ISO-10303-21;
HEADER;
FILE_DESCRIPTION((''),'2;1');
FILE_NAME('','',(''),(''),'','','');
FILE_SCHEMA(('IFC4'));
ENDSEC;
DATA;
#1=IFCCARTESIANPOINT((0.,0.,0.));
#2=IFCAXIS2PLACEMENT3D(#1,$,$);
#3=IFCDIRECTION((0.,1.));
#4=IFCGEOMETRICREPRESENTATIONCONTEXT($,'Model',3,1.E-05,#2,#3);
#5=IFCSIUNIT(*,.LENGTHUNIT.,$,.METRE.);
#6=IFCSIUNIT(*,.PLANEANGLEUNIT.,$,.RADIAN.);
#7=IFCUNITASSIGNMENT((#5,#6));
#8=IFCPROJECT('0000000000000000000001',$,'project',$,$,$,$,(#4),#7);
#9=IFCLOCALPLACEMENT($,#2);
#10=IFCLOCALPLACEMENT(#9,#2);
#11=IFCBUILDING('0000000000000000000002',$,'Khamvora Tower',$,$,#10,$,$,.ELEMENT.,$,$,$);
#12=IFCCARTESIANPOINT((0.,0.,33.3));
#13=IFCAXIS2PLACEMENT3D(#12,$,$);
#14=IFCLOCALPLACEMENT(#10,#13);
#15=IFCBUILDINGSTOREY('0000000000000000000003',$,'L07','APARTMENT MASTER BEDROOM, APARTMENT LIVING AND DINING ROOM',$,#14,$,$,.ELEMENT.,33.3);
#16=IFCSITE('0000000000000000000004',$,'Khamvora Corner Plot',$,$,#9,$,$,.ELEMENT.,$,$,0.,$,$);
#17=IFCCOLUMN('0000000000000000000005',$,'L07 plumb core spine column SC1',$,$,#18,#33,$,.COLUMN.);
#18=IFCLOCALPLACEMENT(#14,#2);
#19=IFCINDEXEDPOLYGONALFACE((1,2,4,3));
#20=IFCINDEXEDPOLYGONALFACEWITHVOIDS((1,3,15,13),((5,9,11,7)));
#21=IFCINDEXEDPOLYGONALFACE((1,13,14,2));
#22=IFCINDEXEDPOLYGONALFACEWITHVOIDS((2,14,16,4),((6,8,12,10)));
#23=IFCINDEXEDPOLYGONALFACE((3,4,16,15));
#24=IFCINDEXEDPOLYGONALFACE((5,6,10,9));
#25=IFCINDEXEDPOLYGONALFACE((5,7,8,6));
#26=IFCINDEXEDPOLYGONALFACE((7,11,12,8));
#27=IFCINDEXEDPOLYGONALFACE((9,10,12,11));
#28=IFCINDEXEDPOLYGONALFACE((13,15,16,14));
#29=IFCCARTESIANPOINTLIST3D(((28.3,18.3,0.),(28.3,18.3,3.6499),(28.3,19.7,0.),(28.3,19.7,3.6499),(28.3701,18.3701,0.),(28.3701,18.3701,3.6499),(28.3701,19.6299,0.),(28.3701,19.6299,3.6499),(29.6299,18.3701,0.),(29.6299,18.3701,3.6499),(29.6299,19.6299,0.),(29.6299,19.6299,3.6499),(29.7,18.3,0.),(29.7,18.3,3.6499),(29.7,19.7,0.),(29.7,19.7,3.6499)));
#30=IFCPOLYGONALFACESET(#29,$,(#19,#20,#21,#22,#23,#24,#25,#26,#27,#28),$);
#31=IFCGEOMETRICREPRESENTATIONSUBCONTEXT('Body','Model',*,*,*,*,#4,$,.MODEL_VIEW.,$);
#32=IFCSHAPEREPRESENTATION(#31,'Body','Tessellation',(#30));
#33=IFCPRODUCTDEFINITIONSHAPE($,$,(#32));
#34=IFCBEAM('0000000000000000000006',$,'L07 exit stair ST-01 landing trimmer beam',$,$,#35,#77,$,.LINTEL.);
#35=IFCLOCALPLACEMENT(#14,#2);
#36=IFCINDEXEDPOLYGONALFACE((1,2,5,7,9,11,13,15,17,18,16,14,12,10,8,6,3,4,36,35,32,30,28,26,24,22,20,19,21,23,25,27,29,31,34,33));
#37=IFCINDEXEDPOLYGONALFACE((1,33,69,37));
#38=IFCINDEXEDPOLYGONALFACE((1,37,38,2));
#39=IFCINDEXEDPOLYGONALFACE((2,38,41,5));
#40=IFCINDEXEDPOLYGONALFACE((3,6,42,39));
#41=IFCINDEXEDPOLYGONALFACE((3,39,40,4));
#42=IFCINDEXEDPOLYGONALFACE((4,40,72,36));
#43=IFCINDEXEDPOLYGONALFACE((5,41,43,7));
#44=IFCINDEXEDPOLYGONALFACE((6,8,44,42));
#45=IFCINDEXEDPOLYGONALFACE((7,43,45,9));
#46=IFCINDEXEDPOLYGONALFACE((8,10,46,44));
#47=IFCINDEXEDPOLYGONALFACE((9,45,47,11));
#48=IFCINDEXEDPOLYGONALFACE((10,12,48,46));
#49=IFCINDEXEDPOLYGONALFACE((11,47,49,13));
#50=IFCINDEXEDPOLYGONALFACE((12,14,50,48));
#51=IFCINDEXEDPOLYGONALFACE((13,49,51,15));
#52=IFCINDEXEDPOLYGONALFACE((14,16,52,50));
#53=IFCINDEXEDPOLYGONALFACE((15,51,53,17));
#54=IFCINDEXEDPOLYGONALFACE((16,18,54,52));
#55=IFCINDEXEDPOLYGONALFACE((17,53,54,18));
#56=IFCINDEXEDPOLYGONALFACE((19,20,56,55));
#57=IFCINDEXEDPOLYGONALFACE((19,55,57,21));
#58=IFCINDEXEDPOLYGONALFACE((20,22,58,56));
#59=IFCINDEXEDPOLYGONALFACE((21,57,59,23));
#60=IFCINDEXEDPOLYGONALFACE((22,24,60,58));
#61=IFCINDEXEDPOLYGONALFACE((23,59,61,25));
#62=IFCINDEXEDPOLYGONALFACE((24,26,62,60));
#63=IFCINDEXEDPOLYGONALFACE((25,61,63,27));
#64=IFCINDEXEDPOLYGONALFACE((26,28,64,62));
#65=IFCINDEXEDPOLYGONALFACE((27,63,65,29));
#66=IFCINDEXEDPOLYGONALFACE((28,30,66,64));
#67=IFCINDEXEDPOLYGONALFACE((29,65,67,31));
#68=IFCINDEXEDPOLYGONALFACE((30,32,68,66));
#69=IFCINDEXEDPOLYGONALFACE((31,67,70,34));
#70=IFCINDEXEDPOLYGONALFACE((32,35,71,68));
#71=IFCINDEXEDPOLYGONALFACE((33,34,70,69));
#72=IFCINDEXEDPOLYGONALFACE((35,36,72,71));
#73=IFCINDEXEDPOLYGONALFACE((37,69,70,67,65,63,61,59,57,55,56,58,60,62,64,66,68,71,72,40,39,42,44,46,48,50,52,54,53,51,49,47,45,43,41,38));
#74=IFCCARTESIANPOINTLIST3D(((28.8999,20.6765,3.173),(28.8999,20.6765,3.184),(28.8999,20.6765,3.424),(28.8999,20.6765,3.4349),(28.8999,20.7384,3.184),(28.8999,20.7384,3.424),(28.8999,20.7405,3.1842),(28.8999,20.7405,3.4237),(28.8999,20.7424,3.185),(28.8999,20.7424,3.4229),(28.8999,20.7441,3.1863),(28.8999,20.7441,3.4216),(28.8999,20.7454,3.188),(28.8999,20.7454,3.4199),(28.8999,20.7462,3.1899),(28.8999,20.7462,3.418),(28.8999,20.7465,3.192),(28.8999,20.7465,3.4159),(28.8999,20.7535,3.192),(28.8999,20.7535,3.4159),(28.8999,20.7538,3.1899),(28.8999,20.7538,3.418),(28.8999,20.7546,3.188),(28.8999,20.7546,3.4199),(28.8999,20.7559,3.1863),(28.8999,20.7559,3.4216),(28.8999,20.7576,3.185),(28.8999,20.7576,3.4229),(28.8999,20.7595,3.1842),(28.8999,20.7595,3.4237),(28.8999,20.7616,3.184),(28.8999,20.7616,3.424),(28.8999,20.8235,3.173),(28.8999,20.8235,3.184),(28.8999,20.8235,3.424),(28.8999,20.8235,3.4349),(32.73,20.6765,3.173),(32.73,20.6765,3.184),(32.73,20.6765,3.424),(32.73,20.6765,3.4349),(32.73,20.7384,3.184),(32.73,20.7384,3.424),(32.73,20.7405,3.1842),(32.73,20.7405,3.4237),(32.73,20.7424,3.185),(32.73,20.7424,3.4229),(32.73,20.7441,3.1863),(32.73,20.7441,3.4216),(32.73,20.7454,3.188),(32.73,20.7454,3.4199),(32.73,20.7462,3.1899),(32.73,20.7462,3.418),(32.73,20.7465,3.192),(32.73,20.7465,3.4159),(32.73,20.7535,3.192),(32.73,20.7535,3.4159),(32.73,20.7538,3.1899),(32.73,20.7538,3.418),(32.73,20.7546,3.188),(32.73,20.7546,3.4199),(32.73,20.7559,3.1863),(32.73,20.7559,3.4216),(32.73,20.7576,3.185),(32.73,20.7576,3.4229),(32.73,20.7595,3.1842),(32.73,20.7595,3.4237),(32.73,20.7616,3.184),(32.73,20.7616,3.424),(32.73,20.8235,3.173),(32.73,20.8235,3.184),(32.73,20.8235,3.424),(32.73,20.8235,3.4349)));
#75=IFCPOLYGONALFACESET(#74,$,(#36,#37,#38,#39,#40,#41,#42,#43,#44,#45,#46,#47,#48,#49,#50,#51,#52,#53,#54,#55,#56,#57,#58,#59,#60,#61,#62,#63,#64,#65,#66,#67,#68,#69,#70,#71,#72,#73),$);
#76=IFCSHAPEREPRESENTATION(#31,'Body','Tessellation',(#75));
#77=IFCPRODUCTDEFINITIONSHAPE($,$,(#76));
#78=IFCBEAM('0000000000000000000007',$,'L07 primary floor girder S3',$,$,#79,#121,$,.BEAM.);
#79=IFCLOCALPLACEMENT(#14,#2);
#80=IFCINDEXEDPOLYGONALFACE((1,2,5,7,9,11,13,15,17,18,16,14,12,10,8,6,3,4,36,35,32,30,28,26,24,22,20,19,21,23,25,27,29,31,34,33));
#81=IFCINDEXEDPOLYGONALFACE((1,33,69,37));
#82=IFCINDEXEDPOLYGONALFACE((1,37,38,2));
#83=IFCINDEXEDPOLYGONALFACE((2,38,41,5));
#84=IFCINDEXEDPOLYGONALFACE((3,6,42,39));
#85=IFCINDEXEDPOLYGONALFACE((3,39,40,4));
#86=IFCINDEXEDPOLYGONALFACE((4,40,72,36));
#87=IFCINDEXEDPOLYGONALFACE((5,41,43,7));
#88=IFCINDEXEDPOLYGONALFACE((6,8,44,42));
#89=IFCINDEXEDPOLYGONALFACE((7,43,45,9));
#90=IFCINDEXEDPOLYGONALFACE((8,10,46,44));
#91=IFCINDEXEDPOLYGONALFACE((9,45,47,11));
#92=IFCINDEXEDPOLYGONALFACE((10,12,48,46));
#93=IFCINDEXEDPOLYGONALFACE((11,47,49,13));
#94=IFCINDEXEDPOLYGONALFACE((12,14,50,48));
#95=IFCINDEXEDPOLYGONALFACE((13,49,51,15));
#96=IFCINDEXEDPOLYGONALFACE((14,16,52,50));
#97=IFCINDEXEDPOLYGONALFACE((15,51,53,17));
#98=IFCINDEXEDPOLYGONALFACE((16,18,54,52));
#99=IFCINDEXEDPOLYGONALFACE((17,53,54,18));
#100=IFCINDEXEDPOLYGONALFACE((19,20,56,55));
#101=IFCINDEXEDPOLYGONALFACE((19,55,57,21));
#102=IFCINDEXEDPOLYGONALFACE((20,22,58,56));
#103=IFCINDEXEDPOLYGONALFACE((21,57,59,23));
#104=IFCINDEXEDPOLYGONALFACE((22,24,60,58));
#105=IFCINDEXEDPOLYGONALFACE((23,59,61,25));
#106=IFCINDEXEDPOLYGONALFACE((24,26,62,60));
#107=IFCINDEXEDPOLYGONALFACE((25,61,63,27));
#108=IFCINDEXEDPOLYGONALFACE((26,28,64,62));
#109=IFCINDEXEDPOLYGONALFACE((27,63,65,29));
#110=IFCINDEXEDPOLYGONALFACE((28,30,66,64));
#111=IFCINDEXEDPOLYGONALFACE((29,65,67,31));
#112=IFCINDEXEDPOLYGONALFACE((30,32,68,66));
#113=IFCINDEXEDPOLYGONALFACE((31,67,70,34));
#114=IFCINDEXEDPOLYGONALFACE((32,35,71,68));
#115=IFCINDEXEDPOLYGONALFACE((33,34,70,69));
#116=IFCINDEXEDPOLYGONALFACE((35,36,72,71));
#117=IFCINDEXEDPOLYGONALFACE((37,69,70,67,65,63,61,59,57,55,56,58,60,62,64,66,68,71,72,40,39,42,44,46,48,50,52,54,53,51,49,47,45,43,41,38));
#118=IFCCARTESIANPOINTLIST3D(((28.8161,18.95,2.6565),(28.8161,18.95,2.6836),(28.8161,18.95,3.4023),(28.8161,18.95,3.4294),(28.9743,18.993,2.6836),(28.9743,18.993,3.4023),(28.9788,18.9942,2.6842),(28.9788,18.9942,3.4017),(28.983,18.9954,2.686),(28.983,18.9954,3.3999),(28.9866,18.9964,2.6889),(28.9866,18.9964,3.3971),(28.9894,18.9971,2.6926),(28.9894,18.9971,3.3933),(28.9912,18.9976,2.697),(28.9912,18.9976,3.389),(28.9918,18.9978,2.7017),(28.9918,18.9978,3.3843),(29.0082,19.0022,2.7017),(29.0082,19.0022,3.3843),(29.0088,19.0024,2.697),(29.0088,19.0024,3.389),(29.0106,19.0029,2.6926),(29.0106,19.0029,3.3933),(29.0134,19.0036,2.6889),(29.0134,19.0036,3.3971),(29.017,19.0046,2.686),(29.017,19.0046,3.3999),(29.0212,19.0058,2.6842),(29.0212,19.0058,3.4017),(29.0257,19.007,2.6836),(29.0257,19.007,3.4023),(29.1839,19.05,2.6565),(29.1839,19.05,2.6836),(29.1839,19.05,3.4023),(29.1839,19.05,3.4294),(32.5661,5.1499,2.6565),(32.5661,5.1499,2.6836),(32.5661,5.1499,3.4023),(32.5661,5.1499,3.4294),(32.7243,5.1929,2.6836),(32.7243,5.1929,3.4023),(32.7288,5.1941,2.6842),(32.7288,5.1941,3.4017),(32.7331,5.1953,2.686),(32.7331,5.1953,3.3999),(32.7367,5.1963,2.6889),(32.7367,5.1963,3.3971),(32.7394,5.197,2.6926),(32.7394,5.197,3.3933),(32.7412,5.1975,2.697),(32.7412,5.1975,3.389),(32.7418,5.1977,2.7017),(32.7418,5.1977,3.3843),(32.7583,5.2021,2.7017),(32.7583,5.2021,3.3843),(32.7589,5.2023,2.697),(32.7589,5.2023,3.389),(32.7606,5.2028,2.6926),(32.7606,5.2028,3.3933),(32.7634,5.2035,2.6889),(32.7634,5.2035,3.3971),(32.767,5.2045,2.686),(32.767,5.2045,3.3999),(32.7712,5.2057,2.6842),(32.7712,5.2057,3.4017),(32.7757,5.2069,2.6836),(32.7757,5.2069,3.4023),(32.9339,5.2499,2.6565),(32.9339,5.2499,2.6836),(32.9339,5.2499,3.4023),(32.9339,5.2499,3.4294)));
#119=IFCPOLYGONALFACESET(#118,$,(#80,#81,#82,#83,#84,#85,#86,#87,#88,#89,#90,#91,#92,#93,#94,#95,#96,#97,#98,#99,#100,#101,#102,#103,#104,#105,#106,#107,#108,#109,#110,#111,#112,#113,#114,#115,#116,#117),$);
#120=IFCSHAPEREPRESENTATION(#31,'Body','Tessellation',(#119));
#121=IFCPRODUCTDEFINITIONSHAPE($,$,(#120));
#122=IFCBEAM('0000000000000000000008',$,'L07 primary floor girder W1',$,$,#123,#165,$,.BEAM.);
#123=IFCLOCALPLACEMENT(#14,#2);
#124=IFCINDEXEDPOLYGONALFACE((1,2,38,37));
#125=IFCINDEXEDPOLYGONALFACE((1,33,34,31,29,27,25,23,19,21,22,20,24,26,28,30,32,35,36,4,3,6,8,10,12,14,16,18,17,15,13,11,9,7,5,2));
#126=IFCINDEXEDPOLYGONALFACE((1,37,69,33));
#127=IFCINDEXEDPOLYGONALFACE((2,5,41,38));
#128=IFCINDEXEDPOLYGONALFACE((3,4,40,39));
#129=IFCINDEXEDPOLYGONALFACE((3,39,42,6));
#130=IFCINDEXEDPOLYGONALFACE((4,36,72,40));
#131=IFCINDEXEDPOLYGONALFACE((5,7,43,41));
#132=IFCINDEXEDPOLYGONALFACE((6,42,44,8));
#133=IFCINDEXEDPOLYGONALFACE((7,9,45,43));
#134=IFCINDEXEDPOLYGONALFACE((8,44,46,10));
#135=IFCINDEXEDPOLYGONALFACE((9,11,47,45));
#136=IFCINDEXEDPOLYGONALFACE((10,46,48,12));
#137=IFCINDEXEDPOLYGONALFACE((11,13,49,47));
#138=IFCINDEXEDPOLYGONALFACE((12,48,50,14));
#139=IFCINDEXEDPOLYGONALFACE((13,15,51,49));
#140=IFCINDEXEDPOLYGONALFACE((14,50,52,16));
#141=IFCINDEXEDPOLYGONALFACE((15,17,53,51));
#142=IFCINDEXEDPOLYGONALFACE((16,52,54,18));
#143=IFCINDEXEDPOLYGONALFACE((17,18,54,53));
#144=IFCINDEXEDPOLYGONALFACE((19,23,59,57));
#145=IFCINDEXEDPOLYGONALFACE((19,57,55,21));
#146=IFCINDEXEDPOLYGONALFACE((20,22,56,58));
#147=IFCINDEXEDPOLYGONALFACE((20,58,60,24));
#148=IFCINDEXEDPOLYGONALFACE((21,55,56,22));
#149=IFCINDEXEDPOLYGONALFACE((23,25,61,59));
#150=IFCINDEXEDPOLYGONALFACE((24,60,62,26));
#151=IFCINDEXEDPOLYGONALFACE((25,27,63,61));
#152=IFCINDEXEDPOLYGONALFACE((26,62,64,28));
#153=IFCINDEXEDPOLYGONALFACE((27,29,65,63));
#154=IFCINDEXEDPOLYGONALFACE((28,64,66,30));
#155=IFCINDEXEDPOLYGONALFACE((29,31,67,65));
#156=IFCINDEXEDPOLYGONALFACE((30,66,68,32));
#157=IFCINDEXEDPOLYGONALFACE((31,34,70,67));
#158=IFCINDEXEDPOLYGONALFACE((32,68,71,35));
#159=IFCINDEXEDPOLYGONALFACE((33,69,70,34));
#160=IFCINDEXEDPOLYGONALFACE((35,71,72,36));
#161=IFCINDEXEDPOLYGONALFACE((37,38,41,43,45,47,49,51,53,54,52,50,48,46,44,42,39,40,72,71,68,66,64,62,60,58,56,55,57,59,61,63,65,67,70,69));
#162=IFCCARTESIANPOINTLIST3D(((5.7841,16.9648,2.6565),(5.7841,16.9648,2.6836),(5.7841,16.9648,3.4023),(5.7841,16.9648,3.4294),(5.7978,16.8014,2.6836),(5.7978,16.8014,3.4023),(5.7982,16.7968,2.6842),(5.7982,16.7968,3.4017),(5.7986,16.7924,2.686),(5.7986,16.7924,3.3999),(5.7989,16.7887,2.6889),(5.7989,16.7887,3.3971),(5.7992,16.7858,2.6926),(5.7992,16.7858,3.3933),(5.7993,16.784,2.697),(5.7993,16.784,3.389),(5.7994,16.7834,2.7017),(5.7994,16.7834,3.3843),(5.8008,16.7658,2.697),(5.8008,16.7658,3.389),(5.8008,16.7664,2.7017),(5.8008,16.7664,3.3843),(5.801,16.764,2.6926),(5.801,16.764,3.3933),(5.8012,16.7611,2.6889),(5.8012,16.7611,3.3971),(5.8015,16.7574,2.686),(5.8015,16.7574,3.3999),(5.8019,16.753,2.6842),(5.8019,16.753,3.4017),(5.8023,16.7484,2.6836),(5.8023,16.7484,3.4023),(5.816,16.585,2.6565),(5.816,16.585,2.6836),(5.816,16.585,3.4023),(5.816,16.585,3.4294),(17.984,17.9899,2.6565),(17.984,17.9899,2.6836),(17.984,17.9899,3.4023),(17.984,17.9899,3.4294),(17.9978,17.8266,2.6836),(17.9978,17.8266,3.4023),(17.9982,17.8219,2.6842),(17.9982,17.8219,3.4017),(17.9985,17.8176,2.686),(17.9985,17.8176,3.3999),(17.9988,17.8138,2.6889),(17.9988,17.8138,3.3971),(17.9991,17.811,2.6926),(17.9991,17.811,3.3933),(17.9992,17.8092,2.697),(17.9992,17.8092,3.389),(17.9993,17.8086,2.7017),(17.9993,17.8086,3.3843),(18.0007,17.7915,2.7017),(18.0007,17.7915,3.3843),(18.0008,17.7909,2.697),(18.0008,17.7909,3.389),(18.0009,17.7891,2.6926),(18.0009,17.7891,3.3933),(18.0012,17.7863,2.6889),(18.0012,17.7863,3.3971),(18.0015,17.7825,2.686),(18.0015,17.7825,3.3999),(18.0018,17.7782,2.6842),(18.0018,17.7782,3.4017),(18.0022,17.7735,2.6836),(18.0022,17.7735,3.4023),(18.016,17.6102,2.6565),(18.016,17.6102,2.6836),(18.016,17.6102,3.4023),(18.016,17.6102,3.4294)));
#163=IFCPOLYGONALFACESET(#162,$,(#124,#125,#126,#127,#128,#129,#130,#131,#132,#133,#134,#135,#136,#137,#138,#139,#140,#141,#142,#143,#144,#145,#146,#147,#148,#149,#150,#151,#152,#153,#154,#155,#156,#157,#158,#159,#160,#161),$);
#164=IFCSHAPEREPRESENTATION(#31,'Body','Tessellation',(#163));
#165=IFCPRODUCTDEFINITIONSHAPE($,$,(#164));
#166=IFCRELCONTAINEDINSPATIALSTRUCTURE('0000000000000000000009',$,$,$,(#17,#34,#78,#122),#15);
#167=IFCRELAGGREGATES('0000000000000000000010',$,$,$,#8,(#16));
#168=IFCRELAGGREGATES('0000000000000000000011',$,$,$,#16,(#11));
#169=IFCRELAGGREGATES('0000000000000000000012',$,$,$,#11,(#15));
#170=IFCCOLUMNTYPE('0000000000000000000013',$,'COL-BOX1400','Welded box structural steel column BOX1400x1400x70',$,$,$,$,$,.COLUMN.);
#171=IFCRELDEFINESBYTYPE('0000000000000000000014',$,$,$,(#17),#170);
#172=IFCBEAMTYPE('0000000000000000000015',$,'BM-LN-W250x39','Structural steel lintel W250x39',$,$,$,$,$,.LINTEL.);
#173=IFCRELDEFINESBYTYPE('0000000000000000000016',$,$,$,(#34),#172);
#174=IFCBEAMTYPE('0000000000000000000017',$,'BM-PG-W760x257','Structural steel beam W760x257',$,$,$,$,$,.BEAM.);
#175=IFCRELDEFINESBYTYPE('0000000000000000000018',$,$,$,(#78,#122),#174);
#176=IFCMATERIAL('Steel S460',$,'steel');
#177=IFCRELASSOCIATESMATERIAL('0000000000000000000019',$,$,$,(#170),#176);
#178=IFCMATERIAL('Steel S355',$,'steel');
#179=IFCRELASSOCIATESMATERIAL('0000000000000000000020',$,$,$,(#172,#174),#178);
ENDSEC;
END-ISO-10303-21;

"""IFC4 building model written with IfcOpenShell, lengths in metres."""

from ifc_helpers import new_model, si_unit, direction, frame, origin, origin_2d, place, context, subcontext, project, spatial, hollow_rectangle, i_section, extrude, material, material_profile, profile_set, type_object, element, save


model = new_model("IFC4")

# Units and contexts
model_context = context("Model", 3, precision=1e-05, world=origin(), true_north=direction((0.0, 1.0)))
body_context = subcontext(model_context, "Body", "Model", "MODEL_VIEW")
ifc_project = project(units=[si_unit("LENGTHUNIT", "METRE"), si_unit("PLANEANGLEUNIT", "RADIAN")], contexts=[model_context])

# Site, building, storey
site_placement = place(None, origin())
site = spatial("IfcSite", under=ifc_project, at=site_placement, Name="Khamvora Corner Plot", CompositionType="ELEMENT", RefElevation=0.0)
building_placement = place(site_placement, origin())
building = spatial("IfcBuilding", under=site, at=building_placement, Name="Khamvora Tower", CompositionType="ELEMENT")
storey_placement = place(building_placement, frame((0.0, 0.0, 33.3)))
storey = spatial("IfcBuildingStorey", under=building, at=storey_placement, Name="L07", Description="APARTMENT MASTER BEDROOM, APARTMENT LIVING AND DINING ROOM", CompositionType="ELEMENT", Elevation=33.3)

# Column
ifc_material_1 = material(Name="Steel S460", Category="steel")
ifc_material_profile_1 = material_profile(ifc_material_1, hollow_rectangle(XDim=1.3999, YDim=1.3999, WallThickness=0.0701, at=origin_2d()), Name="BOX1400x1400x70")
ifc_profile_set_1 = profile_set([ifc_material_profile_1], Name="Steel S460")
column_type = type_object("IfcColumnType", Name="COL-BOX1400", Description="Welded box structural steel column BOX1400x1400x70", PredefinedType="COLUMN", material=ifc_profile_set_1)
column_placement = place(storey_placement, frame((29.0, 19.0, 0.0), z_axis=(0.0, 0.0, 1.0), x_axis=(1.0, 0.0, 0.0)))
element("IfcColumn", 1, at=column_placement, inside=storey, type_object=column_type, Name="L07 plumb core spine column SC1", PredefinedType="COLUMN", context=body_context, shape_type="SweptSolid", body=[
    extrude(hollow_rectangle(XDim=1.3999, YDim=1.3999, WallThickness=0.0701, at=origin_2d()), origin(), (0.0, 0.0, 1.0), 3.6499),
])

# Beams
ifc_material_2 = material(Name="Steel S355", Category="steel")
ifc_material_profile_2 = material_profile(ifc_material_2, i_section(OverallWidth=0.147, OverallDepth=0.262, WebThickness=0.0071, FlangeThickness=0.011, FilletRadius=0.0081, at=origin_2d()), Name="W250x39")
ifc_profile_set_2 = profile_set([ifc_material_profile_2], Name="Steel S355")
beam_type_1 = type_object("IfcBeamType", Name="BM-LN-W250x39", Description="Structural steel lintel W250x39", PredefinedType="LINTEL", material=ifc_profile_set_2)
beam_1_placement = place(storey_placement, frame((28.8999, 20.75, 3.304), z_axis=(1.0, 0.0, 0.0), x_axis=(0.0, 1.0, 0.0)))
element("IfcBeam", 2, at=beam_1_placement, inside=storey, type_object=beam_type_1, Name="L07 exit stair ST-01 landing trimmer beam", PredefinedType="LINTEL", context=body_context, shape_type="SweptSolid", body=[
    extrude(i_section(OverallWidth=0.147, OverallDepth=0.262, WebThickness=0.0071, FlangeThickness=0.011, FilletRadius=0.0081, at=origin_2d()), origin(), (0.0, 0.0, 1.0), 3.8301),
])
ifc_material_profile_3 = material_profile(ifc_material_2, i_section(OverallWidth=0.3811, OverallDepth=0.7729, WebThickness=0.0171, FlangeThickness=0.0271, FilletRadius=0.0181, at=origin_2d()), Name="W760x257")
ifc_profile_set_3 = profile_set([ifc_material_profile_3], Name="Steel S355")
beam_type_2 = type_object("IfcBeamType", Name="BM-PG-W760x257", Description="Structural steel beam W760x257", PredefinedType="BEAM", material=ifc_profile_set_3)
beam_2_placement = place(storey_placement, frame((29.0, 19.0, 3.043), z_axis=(0.262229, -0.965006, 0.0), x_axis=(0.965006, 0.262229, 0.0)))
element("IfcBeam", 3, at=beam_2_placement, inside=storey, type_object=beam_type_2, Name="L07 primary floor girder S3", PredefinedType="BEAM", context=body_context, shape_type="SweptSolid", body=[
    extrude(i_section(OverallWidth=0.3811, OverallDepth=0.7729, WebThickness=0.0171, FlangeThickness=0.0271, FilletRadius=0.0181, at=origin_2d()), origin(), (0.0, 0.0, 1.0), 14.3005),
])
beam_3_placement = place(storey_placement, frame((18.0, 17.8, 3.043), z_axis=(-0.996488, -0.083734, 0.0), x_axis=(0.083734, -0.996488, 0.0)))
element("IfcBeam", 4, at=beam_3_placement, inside=storey, type_object=beam_type_2, Name="L07 primary floor girder W1", PredefinedType="BEAM", context=body_context, shape_type="SweptSolid", body=[
    extrude(i_section(OverallWidth=0.3811, OverallDepth=0.7729, WebThickness=0.0171, FlangeThickness=0.0271, FilletRadius=0.0181, at=origin_2d()), origin(), (0.0, 0.0, 1.0), 12.2429),
])

save(model, "model.ifc")
